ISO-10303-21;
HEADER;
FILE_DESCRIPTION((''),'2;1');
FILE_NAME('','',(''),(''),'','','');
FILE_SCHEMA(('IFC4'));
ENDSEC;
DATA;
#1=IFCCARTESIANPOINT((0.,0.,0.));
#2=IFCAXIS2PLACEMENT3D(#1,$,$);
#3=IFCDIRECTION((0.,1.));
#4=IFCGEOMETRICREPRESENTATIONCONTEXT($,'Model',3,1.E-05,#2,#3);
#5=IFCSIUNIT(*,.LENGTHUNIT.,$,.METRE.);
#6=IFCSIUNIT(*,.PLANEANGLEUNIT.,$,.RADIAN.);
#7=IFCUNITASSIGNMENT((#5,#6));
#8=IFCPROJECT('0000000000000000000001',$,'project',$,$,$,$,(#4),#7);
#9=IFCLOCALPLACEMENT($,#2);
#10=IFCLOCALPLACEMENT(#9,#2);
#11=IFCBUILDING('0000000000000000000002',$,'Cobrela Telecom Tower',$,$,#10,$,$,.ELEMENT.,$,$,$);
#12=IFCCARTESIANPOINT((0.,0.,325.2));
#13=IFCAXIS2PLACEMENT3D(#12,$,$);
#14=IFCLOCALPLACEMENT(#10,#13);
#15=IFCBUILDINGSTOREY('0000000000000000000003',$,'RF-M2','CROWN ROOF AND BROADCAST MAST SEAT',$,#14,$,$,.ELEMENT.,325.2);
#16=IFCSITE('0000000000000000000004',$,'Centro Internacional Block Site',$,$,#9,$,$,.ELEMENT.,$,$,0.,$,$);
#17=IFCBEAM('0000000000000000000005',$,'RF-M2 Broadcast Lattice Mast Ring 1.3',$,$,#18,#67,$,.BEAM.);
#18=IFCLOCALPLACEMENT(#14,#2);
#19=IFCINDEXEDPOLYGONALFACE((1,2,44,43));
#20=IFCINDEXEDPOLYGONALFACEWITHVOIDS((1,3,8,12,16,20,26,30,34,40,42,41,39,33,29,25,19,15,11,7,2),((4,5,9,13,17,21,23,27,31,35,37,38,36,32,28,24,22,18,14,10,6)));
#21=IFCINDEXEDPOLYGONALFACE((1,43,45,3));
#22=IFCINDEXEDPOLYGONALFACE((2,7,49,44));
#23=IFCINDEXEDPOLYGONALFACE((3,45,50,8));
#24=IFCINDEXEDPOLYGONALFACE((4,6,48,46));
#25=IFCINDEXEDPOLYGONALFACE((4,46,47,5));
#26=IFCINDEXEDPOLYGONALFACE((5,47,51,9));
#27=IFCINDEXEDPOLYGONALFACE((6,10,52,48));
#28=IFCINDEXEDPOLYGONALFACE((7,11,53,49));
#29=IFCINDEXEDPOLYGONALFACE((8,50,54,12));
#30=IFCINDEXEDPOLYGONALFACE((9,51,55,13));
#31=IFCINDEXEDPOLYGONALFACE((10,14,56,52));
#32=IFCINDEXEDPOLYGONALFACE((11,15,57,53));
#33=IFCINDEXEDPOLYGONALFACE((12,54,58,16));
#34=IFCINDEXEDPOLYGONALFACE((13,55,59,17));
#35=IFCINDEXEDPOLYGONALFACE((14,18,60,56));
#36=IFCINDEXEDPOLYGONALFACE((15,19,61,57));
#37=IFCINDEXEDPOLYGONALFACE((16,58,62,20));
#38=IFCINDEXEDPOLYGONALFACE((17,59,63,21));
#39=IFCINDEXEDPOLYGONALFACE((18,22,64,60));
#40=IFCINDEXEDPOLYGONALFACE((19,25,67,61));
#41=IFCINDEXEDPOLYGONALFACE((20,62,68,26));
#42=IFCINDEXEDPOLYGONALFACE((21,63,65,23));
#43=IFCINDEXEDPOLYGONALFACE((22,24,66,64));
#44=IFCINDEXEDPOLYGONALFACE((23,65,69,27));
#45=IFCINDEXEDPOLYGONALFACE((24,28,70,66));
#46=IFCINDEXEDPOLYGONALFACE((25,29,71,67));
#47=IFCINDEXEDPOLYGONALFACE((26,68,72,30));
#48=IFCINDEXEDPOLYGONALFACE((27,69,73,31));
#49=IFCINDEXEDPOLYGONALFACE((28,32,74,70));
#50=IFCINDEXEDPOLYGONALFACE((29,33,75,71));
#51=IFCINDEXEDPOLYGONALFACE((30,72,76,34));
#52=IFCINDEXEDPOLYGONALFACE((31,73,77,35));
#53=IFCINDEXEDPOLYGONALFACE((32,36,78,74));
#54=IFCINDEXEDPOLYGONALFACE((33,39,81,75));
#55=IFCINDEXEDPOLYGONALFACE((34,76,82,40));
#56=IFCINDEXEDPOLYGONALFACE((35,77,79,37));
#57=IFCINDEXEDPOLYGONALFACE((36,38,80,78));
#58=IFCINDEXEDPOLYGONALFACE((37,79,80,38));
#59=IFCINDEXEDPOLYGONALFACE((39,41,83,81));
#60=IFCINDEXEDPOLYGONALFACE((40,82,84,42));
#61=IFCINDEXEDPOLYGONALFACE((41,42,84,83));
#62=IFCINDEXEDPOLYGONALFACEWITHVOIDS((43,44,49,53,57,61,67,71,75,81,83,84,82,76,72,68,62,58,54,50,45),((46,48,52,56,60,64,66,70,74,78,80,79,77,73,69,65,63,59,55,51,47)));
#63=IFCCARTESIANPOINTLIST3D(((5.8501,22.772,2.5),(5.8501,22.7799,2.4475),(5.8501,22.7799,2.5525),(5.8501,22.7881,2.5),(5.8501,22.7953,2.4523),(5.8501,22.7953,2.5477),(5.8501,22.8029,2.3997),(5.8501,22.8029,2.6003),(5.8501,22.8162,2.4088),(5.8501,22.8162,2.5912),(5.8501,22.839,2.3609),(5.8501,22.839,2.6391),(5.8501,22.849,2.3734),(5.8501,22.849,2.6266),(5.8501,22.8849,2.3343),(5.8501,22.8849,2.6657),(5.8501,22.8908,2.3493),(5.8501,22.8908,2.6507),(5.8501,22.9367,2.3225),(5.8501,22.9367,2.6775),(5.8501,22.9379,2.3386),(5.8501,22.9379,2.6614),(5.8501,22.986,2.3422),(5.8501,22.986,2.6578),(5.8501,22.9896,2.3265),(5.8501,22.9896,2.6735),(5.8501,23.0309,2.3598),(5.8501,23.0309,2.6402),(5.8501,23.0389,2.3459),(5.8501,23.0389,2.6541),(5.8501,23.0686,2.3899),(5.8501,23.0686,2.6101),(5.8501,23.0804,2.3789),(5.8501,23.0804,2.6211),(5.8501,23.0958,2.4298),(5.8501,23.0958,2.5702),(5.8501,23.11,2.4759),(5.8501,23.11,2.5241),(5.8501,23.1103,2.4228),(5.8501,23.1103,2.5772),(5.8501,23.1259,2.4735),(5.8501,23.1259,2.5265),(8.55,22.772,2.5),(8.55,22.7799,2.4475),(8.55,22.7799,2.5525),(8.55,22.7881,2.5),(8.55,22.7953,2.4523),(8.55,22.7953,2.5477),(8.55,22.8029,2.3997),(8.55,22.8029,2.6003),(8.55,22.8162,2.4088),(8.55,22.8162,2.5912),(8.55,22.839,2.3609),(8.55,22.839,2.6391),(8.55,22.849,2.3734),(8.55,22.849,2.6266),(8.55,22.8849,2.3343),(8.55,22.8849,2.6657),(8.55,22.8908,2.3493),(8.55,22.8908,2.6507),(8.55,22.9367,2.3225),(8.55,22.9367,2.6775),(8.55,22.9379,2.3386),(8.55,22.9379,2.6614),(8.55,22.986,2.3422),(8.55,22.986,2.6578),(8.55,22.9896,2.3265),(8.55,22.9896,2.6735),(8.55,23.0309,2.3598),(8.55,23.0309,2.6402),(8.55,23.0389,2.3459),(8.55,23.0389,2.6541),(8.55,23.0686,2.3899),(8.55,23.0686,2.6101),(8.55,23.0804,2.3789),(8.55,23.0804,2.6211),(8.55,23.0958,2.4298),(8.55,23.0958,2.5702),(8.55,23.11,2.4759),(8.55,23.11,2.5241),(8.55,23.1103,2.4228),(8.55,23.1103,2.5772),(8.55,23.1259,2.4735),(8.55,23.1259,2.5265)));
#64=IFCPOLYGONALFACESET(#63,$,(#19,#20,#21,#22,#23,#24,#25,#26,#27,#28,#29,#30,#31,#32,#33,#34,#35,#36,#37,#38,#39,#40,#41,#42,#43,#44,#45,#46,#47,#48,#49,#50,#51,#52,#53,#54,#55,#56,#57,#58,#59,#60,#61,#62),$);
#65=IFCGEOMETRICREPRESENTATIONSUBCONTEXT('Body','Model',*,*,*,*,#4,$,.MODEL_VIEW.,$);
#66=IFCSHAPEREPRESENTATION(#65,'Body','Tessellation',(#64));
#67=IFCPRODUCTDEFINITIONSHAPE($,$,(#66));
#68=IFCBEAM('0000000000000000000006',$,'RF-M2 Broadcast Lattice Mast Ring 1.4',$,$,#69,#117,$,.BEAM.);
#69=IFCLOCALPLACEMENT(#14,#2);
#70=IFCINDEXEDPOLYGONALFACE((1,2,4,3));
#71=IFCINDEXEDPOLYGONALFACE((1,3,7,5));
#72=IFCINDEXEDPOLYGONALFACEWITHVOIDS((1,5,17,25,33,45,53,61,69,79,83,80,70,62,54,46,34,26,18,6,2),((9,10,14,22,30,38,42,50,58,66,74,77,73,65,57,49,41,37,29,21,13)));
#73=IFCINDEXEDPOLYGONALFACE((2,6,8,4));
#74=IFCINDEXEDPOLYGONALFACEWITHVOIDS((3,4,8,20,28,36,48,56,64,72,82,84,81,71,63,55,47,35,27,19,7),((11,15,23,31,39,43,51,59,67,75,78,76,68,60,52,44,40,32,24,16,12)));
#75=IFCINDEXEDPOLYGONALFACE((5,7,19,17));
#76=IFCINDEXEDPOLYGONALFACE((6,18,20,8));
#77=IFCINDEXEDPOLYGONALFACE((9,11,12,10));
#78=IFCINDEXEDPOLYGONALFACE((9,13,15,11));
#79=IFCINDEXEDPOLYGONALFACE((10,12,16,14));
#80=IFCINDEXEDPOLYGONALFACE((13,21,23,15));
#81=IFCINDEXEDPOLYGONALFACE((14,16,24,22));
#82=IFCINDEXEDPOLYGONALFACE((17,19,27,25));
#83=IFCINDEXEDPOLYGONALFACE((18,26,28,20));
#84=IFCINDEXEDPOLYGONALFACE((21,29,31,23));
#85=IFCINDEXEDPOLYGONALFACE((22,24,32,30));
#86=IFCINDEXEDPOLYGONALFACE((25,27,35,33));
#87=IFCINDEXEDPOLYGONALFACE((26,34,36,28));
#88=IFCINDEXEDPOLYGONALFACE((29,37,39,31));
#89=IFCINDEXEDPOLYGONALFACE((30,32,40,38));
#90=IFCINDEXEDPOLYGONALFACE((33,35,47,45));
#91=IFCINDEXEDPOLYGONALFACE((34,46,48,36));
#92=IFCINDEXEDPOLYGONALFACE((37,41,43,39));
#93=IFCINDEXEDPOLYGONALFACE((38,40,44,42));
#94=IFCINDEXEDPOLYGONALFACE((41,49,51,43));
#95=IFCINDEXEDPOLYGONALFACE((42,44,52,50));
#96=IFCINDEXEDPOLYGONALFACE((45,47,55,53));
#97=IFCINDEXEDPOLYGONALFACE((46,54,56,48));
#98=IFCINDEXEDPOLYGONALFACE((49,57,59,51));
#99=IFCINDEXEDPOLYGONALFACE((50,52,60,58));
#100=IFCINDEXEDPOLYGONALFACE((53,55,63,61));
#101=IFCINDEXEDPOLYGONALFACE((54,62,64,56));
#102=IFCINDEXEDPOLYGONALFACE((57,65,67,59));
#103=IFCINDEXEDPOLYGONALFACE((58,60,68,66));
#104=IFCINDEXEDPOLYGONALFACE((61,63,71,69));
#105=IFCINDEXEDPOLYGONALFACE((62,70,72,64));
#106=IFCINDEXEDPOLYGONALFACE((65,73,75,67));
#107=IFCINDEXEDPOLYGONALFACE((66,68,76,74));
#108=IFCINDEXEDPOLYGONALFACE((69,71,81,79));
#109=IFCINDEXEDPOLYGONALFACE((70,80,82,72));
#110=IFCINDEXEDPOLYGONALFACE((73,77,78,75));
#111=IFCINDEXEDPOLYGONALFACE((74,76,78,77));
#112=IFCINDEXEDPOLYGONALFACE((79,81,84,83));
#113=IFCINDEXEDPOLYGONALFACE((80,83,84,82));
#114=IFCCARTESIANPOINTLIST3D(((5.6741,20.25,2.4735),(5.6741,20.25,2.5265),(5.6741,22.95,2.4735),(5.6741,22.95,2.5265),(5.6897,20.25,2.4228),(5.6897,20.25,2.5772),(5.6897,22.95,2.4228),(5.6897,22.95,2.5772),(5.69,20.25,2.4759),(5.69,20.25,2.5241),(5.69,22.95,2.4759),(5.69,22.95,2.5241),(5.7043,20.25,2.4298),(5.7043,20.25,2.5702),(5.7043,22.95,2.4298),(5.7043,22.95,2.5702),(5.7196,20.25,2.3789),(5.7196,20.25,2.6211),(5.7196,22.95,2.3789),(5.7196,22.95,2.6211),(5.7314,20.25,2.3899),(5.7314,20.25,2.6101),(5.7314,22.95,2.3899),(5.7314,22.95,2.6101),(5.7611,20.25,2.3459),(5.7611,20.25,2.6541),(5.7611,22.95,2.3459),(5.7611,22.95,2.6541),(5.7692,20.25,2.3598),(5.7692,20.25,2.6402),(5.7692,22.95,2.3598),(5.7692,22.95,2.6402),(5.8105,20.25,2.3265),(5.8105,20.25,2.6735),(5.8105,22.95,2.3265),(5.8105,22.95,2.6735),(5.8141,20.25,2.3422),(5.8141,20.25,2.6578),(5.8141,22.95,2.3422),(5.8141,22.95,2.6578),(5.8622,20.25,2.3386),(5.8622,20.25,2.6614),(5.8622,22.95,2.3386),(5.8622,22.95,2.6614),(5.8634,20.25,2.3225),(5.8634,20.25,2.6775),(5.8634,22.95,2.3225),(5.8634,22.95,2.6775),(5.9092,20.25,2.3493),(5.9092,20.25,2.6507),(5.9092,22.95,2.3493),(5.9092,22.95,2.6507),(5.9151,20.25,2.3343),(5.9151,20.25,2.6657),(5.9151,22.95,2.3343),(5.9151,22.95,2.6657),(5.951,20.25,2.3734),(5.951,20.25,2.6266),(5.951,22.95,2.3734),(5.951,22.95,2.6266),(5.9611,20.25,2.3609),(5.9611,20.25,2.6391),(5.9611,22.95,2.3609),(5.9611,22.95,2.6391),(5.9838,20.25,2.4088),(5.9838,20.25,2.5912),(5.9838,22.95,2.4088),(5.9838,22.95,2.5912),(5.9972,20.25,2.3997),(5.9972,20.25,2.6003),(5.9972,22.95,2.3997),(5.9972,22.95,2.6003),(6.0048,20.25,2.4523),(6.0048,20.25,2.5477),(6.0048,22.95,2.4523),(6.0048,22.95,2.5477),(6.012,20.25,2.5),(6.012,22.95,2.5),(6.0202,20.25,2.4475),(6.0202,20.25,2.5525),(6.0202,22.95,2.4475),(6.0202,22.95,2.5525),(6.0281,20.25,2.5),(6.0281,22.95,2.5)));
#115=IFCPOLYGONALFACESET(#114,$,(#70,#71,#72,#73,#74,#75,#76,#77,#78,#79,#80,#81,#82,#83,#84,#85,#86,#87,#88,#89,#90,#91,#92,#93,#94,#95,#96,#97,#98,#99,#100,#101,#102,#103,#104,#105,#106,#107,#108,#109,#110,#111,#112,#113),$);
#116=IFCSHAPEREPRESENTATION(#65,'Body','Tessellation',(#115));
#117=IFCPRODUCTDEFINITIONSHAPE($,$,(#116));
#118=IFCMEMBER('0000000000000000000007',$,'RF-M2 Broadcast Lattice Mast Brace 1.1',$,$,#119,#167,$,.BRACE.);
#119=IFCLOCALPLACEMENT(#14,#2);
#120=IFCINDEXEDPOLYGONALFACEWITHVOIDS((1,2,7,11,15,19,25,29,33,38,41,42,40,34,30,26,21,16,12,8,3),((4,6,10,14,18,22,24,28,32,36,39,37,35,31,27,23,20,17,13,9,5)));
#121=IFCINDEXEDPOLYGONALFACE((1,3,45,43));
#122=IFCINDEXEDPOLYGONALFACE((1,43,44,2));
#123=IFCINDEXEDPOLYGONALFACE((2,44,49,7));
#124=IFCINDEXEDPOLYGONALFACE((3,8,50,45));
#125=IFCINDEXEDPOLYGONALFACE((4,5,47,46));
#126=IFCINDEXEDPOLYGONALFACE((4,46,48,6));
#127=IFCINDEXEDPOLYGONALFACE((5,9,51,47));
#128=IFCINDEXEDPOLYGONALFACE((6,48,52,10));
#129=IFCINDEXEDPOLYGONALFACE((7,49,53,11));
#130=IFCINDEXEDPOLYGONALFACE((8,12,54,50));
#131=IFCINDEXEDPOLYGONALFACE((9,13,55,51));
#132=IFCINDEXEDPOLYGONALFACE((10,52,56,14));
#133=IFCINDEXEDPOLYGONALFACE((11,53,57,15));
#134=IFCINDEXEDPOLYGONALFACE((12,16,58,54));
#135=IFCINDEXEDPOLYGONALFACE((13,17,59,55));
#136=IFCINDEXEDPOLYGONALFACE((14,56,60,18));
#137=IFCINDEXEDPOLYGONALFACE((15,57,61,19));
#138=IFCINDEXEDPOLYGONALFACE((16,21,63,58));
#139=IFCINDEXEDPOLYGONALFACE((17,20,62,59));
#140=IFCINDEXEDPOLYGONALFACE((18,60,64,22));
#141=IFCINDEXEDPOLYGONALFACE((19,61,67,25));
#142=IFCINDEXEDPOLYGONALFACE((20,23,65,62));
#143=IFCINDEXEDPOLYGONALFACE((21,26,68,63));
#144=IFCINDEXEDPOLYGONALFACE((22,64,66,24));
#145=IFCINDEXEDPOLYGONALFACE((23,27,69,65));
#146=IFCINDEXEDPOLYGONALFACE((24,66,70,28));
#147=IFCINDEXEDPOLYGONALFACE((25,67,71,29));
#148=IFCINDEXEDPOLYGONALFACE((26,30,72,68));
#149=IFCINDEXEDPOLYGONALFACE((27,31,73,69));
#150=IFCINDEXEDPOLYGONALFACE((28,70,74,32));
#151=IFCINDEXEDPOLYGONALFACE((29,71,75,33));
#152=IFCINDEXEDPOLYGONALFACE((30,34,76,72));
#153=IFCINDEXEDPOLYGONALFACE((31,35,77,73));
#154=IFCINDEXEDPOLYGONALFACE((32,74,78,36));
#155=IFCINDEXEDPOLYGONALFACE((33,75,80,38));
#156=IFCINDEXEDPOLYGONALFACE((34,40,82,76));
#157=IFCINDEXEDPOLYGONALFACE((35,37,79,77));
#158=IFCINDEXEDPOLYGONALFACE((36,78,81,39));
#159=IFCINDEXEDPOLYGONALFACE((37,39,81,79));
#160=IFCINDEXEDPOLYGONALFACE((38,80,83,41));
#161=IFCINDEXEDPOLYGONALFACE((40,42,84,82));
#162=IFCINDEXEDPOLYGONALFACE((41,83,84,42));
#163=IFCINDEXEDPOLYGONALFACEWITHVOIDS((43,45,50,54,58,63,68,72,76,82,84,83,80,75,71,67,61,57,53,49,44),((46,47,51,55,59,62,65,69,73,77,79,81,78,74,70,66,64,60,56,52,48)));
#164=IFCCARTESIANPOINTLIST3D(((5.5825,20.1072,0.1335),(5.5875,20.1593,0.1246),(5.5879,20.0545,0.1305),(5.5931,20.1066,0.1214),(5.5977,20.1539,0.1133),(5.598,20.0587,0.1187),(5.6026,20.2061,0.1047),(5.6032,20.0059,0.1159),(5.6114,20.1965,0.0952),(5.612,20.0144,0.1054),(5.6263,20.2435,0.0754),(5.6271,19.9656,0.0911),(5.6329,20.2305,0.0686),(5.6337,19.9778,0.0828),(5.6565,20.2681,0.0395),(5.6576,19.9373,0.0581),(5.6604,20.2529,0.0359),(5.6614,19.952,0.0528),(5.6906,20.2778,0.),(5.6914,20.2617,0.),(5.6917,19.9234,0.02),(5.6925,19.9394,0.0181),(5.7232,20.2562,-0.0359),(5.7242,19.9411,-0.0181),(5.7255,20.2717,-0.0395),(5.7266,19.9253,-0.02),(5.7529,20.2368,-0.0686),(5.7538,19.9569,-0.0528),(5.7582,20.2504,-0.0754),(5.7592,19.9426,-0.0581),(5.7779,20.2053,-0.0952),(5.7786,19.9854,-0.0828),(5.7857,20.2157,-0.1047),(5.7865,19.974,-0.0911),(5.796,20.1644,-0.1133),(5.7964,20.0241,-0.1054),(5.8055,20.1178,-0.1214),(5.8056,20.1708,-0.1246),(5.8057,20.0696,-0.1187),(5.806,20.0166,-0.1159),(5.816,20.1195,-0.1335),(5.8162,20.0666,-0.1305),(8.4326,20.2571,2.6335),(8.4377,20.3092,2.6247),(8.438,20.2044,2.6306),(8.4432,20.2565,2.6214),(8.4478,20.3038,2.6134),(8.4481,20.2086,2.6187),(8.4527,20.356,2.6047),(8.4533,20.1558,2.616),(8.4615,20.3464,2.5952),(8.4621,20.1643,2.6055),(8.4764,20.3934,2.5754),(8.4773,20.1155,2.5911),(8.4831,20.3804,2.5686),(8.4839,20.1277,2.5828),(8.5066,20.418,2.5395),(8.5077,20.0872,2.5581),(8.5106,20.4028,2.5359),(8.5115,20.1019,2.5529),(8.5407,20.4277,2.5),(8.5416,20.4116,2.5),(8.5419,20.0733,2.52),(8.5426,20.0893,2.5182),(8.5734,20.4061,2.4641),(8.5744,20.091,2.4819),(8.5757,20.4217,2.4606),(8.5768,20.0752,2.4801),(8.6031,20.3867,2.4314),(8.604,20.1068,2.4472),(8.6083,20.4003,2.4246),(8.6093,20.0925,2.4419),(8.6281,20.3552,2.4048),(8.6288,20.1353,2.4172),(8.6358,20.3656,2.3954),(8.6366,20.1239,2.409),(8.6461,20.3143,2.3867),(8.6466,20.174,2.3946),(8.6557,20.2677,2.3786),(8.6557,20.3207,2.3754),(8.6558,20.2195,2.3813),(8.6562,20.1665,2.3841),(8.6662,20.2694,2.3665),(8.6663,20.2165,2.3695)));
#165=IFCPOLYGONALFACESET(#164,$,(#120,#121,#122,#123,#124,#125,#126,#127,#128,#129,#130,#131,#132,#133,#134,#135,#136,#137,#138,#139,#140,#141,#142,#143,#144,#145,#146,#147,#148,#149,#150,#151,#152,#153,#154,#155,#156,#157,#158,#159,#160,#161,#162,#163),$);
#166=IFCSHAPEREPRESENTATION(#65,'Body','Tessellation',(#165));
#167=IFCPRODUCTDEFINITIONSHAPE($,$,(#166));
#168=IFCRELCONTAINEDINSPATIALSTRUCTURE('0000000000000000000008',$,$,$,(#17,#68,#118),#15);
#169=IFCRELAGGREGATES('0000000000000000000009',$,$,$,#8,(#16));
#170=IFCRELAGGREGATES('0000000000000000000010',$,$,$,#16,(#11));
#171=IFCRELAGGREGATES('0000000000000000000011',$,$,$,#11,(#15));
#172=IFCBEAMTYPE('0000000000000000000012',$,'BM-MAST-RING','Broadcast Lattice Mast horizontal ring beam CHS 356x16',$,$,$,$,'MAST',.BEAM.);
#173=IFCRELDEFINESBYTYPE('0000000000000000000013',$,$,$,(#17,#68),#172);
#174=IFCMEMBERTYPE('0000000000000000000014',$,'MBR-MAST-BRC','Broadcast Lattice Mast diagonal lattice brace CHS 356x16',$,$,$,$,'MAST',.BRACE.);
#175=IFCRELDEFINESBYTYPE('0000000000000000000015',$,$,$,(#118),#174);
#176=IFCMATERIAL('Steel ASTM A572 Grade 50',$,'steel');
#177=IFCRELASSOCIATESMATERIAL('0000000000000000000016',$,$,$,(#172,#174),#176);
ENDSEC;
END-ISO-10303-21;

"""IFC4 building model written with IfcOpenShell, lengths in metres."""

from ifc_helpers import new_model, si_unit, direction, frame, origin, origin_2d, place, context, subcontext, project, spatial, hollow_circle, extrude, material, material_profile, profile_set, type_object, element, save


model = new_model("IFC4")

# Units and contexts
model_context = context("Model", 3, precision=1e-05, world=origin(), true_north=direction((0.0, 1.0)))
body_context = subcontext(model_context, "Body", "Model", "MODEL_VIEW")
ifc_project = project(units=[si_unit("LENGTHUNIT", "METRE"), si_unit("PLANEANGLEUNIT", "RADIAN")], contexts=[model_context])

# Site, building, storey
site_placement = place(None, origin())
site = spatial("IfcSite", under=ifc_project, at=site_placement, Name="Centro Internacional Block Site", CompositionType="ELEMENT", RefElevation=0.0)
building_placement = place(site_placement, origin())
building = spatial("IfcBuilding", under=site, at=building_placement, Name="Cobrela Telecom Tower", CompositionType="ELEMENT")
storey_placement = place(building_placement, frame((0.0, 0.0, 325.2)))
storey = spatial("IfcBuildingStorey", under=building, at=storey_placement, Name="RF-M2", Description="CROWN ROOF AND BROADCAST MAST SEAT", CompositionType="ELEMENT", Elevation=325.2)

# Shared definitions
ifc_material = material(Name="Steel ASTM A572 Grade 50", Category="steel")

# Beams
ifc_material_profile_1 = material_profile(ifc_material, hollow_circle(Radius=0.178, WallThickness=0.0161, at=origin_2d()), Name="CHS 356x16")
ifc_profile_set_1 = profile_set([ifc_material_profile_1], Name="Steel ASTM A572 Grade 50")
beam_type = type_object("IfcBeamType", Name="BM-MAST-RING", Description="Broadcast Lattice Mast horizontal ring beam CHS 356x16", ElementType="MAST", PredefinedType="BEAM", material=ifc_profile_set_1)
for number, where, z_axis, x_axis, name in (
    (1, (8.55, 22.95, 2.5), (-1.0, 0.0, 0.0), (0.0, -1.0, 0.0), "RF-M2 Broadcast Lattice Mast Ring 1.3"),
    (2, (5.8501, 22.95, 2.5), (0.0, -1.0, 0.0), (1.0, 0.0, 0.0), "RF-M2 Broadcast Lattice Mast Ring 1.4"),
):
    element("IfcBeam", number, at=place(storey_placement, frame(where, z_axis=z_axis, x_axis=x_axis)), inside=storey, type_object=beam_type, Name=name, PredefinedType="BEAM", context=body_context, shape_type="SweptSolid", body=[
        extrude(hollow_circle(Radius=0.178, WallThickness=0.0161, at=origin_2d()), origin(), (0.0, 0.0, 1.0), 2.7),
    ])

# Member
ifc_material_profile_2 = material_profile(ifc_material, hollow_circle(Radius=0.178, WallThickness=0.0161, at=origin_2d()), Name="CHS 356x16")
ifc_profile_set_2 = profile_set([ifc_material_profile_2], Name="Steel ASTM A572 Grade 50")
member_type = type_object("IfcMemberType", Name="MBR-MAST-BRC", Description="Broadcast Lattice Mast diagonal lattice brace CHS 356x16", ElementType="MAST", PredefinedType="BRACE", material=ifc_profile_set_2)
for number, where, z_axis, x_axis, name in (
    (3, (5.7, 20.1001, 0.0), (0.751183, 0.039509, 0.65891), (-0.052523, 0.99862, 0.0), "RF-M2 Broadcast Lattice Mast Brace 1.1"),
):
    element("IfcMember", number, at=place(storey_placement, frame(where, z_axis=z_axis, x_axis=x_axis)), inside=storey, type_object=member_type, Name=name, PredefinedType="BRACE", context=body_context, shape_type="SweptSolid", body=[
        extrude(hollow_circle(Radius=0.178, WallThickness=0.0161, at=origin_2d()), origin(), (0.0, 0.0, 1.0), 3.7942),
    ])

save(model, "model.ifc")
